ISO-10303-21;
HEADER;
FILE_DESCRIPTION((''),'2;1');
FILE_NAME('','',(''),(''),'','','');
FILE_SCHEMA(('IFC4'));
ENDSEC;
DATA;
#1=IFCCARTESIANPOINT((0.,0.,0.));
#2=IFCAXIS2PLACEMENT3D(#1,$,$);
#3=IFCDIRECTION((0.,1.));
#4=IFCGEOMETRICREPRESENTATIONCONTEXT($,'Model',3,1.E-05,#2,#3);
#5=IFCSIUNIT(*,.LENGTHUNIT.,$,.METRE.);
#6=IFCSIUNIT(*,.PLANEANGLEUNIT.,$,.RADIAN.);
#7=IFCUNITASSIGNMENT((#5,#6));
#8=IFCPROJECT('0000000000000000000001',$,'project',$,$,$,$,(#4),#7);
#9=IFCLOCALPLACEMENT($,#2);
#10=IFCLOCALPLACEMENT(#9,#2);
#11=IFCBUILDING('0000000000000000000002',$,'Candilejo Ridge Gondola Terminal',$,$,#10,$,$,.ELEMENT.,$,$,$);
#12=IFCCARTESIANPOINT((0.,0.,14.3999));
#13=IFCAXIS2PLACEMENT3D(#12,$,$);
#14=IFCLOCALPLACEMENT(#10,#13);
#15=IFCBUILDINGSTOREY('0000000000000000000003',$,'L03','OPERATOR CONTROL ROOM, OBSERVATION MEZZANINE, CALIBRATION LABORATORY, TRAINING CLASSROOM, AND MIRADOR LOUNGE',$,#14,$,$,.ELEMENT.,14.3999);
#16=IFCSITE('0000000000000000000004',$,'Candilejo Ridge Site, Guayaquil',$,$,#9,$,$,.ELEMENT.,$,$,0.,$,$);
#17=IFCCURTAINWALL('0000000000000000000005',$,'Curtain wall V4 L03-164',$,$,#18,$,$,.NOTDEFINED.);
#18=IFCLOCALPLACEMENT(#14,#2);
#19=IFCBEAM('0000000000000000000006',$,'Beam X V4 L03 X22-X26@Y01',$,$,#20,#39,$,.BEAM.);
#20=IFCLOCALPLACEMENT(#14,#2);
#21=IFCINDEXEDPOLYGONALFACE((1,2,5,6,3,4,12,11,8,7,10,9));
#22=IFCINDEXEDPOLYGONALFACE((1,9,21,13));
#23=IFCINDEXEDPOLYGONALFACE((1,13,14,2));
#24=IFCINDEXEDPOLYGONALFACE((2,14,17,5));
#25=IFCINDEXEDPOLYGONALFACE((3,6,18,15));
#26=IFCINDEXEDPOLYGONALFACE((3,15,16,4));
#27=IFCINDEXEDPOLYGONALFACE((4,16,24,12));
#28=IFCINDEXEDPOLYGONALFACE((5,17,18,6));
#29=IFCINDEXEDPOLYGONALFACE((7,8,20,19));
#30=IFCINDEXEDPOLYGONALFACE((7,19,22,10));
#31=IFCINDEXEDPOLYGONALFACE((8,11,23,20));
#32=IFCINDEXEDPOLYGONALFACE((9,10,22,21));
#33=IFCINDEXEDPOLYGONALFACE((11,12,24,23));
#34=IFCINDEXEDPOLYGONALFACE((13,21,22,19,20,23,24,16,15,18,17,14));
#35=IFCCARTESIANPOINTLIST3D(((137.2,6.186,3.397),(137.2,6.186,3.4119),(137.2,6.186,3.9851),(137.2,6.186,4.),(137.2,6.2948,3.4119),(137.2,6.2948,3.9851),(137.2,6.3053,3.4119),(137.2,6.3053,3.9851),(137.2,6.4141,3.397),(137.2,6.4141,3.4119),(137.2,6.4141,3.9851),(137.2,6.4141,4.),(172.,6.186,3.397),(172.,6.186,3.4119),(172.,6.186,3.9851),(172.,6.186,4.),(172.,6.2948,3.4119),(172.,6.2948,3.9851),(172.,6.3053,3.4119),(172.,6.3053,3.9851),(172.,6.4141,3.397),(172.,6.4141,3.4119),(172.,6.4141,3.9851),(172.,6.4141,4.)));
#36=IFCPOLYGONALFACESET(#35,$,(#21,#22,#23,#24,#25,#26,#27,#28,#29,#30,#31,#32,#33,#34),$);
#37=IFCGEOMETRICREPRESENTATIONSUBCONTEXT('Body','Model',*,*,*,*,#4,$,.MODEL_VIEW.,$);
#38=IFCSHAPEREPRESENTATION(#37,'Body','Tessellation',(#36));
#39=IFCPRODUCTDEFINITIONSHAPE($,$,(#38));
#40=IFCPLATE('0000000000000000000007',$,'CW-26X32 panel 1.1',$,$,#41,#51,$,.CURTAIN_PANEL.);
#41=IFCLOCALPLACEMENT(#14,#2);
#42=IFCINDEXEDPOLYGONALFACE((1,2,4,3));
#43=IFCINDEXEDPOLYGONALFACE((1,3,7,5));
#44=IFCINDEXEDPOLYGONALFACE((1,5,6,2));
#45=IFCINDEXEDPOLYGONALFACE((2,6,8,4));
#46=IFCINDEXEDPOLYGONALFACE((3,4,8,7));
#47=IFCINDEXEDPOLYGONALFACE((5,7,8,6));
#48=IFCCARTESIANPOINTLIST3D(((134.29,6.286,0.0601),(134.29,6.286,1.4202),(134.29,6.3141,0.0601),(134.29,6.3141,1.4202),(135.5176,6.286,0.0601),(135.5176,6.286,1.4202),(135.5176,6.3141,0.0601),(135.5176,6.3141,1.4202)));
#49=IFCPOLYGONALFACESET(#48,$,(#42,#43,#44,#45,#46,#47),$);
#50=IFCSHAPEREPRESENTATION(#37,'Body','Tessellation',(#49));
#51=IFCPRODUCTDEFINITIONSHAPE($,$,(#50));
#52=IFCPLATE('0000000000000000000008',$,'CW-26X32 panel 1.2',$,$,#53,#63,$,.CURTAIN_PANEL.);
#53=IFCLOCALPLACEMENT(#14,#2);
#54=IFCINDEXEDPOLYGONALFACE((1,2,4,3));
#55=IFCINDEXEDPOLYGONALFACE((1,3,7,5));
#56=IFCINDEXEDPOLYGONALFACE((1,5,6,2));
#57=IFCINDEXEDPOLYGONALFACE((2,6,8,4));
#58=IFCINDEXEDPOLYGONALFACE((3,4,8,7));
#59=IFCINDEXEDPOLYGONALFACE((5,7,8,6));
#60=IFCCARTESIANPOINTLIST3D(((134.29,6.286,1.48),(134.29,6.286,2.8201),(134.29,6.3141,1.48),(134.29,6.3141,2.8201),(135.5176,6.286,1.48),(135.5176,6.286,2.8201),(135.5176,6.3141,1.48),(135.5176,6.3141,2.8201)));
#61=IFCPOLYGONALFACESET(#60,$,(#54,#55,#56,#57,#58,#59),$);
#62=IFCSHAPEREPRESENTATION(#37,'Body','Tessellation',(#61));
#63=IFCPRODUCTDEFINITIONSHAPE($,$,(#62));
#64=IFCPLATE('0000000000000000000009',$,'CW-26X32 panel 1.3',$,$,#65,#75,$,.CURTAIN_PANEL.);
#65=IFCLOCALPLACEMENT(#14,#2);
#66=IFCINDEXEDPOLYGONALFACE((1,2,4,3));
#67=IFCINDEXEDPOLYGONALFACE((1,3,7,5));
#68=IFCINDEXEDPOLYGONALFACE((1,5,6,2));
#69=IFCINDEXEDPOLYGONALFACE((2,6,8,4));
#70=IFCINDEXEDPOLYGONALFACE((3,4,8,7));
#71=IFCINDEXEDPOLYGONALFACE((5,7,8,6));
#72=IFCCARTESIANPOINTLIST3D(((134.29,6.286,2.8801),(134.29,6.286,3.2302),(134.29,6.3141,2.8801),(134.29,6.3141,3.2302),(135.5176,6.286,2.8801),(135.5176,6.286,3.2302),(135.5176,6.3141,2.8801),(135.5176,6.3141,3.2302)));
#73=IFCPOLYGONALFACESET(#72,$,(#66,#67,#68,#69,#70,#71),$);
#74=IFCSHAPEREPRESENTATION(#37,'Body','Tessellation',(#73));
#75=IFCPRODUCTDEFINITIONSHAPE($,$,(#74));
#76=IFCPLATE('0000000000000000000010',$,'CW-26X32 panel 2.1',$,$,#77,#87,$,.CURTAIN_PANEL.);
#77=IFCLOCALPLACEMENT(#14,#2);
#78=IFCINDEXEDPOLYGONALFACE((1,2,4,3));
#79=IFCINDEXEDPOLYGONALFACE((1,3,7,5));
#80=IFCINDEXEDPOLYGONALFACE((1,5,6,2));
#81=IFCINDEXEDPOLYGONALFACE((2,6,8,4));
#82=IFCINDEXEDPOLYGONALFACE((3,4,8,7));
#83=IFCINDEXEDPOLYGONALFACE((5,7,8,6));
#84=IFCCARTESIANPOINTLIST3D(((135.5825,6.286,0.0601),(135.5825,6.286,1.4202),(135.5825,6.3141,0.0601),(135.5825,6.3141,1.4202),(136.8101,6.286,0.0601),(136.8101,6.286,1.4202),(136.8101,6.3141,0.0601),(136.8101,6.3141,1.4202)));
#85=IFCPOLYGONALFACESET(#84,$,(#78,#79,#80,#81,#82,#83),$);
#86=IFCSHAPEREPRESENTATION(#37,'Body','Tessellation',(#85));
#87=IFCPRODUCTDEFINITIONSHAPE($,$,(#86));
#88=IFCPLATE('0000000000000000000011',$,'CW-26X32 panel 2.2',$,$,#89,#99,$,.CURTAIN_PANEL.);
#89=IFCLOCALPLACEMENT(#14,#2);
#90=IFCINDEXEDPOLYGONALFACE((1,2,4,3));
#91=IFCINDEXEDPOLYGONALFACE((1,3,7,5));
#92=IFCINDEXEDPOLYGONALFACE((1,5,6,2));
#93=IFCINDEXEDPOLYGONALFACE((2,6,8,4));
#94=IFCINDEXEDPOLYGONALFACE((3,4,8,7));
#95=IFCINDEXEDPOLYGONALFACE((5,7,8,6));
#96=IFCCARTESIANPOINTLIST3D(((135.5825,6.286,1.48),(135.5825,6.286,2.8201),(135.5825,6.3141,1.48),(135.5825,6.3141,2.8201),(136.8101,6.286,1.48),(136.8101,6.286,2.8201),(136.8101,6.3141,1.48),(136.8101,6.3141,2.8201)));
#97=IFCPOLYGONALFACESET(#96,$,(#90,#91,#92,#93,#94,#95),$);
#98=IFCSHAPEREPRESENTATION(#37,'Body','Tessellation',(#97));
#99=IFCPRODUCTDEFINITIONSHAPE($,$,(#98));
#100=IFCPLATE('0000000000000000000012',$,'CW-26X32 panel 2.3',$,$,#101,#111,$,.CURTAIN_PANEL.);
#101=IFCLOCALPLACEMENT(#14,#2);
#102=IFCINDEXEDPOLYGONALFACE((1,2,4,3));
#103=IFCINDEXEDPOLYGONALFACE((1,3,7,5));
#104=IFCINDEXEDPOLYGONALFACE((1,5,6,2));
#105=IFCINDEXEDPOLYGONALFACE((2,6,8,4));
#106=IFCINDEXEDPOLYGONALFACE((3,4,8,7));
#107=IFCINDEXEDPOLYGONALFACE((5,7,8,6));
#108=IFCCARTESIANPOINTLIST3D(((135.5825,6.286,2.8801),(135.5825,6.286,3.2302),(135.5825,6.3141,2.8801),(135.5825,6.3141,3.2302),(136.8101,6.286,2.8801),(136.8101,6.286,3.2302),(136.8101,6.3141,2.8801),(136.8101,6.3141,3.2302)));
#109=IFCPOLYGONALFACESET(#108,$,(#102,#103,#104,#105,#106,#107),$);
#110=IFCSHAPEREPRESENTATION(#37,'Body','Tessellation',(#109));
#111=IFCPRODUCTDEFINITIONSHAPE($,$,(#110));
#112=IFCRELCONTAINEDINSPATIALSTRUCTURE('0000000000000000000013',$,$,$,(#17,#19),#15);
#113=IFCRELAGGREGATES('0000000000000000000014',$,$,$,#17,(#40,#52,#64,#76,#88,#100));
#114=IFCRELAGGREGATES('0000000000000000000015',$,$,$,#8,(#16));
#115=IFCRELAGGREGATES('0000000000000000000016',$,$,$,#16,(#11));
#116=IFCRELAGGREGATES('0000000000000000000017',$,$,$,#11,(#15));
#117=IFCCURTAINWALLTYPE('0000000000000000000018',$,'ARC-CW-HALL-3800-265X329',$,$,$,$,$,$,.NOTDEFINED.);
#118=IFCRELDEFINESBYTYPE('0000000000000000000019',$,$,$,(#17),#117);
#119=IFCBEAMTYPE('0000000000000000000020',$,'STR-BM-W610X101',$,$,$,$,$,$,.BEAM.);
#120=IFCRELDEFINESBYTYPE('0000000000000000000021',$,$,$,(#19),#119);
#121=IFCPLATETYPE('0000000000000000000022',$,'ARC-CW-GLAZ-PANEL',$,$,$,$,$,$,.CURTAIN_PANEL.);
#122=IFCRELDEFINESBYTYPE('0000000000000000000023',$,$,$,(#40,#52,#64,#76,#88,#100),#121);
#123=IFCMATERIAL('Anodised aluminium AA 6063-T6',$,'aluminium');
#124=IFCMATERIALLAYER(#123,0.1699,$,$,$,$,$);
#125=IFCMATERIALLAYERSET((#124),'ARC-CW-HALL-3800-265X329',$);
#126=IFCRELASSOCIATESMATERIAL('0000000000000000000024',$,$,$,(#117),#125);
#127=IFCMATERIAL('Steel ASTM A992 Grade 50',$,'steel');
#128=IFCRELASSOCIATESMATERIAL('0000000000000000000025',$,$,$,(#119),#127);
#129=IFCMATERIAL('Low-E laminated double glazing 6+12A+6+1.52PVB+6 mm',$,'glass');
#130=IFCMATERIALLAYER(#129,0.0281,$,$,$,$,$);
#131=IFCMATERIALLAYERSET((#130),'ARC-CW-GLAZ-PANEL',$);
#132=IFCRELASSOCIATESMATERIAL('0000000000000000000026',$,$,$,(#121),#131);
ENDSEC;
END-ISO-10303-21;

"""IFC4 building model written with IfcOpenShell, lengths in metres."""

from ifc_helpers import new_model, si_unit, direction, frame, origin, origin_2d, place, context, subcontext, project, spatial, rectangle, i_section, extrude, material, layer, layer_set, material_profile, profile_set, type_object, element, aggregate, save


model = new_model("IFC4")

# Units and contexts
model_context = context("Model", 3, precision=1e-05, world=origin(), true_north=direction((0.0, 1.0)))
body_context = subcontext(model_context, "Body", "Model", "MODEL_VIEW")
ifc_project = project(units=[si_unit("LENGTHUNIT", "METRE"), si_unit("PLANEANGLEUNIT", "RADIAN")], contexts=[model_context])

# Site, building, storey
site_placement = place(None, origin())
site = spatial("IfcSite", under=ifc_project, at=site_placement, Name="Candilejo Ridge Site, Guayaquil", CompositionType="ELEMENT", RefElevation=0.0)
building_placement = place(site_placement, origin())
building = spatial("IfcBuilding", under=site, at=building_placement, Name="Candilejo Ridge Gondola Terminal", CompositionType="ELEMENT")
storey_placement = place(building_placement, frame((0.0, 0.0, 14.3999)))
storey = spatial("IfcBuildingStorey", under=building, at=storey_placement, Name="L03", Description="OPERATOR CONTROL ROOM, OBSERVATION MEZZANINE, CALIBRATION LABORATORY, TRAINING CLASSROOM, AND MIRADOR LOUNGE", CompositionType="ELEMENT", Elevation=14.3999)

# Curtain wall
ifc_material_1 = material(Name="Anodised aluminium AA 6063-T6", Category="aluminium")
ifc_layer_1 = layer(ifc_material_1, 0.1699)
ifc_layer_set_1 = layer_set([ifc_layer_1], Name="ARC-CW-HALL-3800-265X329")
curtain_wall_type = type_object("IfcCurtainWallType", Name="ARC-CW-HALL-3800-265X329", PredefinedType="NOTDEFINED", material=ifc_layer_set_1)
curtain_wall_placement = place(storey_placement, origin())
curtain_wall = element("IfcCurtainWall", 1, at=curtain_wall_placement, inside=storey, type_object=curtain_wall_type, Name="Curtain wall V4 L03-164", PredefinedType="NOTDEFINED")

# Beam
ifc_material_2 = material(Name="Steel ASTM A992 Grade 50", Category="steel")
ifc_material_profile_1 = material_profile(ifc_material_2, i_section(OverallWidth=0.228, OverallDepth=0.603, WebThickness=0.0105, FlangeThickness=0.0149, at=origin_2d()))
ifc_profile_set_1 = profile_set([ifc_material_profile_1], Name="Steel ASTM A992 Grade 50")
beam_type_1 = type_object("IfcBeamType", Name="STR-BM-W610X101", PredefinedType="BEAM", material=ifc_profile_set_1)
beam_1_placement = place(storey_placement, frame((137.2, 6.3, 3.6985), z_axis=(1.0, 0.0, 0.0), x_axis=(0.0, 1.0, 0.0)))
element("IfcBeam", 2, at=beam_1_placement, inside=storey, type_object=beam_type_1, Name="Beam X V4 L03 X22-X26@Y01", PredefinedType="BEAM", context=body_context, shape_type="SweptSolid", body=[
    extrude(i_section(OverallWidth=0.228, OverallDepth=0.603, WebThickness=0.0105, FlangeThickness=0.0149, at=origin_2d()), origin(), (0.0, 0.0, 1.0), 34.8),
])

# Plates
ifc_material_3 = material(Name="Low-E laminated double glazing 6+12A+6+1.52PVB+6 mm", Category="glass")
ifc_layer_2 = layer(ifc_material_3, 0.0281)
ifc_layer_set_2 = layer_set([ifc_layer_2], Name="ARC-CW-GLAZ-PANEL")
plate_type = type_object("IfcPlateType", Name="ARC-CW-GLAZ-PANEL", PredefinedType="CURTAIN_PANEL", material=ifc_layer_set_2)
plate_1_placement = place(storey_placement, frame((134.9038, 6.3, 0.0601), z_axis=(0.0, 0.0, 1.0), x_axis=(1.0, 0.0, 0.0)))
plate_1 = element("IfcPlate", 3, at=plate_1_placement, type_object=plate_type, Name="CW-26X32 panel 1.1", PredefinedType="CURTAIN_PANEL", context=body_context, shape_type="SweptSolid", body=[
    extrude(rectangle(XDim=1.2275, YDim=0.0281, at=origin_2d()), origin(), (0.0, 0.0, 1.0), 1.3601),
])
plate_2_placement = place(storey_placement, frame((134.9038, 6.3, 1.48), z_axis=(0.0, 0.0, 1.0), x_axis=(1.0, 0.0, 0.0)))
plate_2 = element("IfcPlate", 4, at=plate_2_placement, type_object=plate_type, Name="CW-26X32 panel 1.2", PredefinedType="CURTAIN_PANEL", context=body_context, shape_type="SweptSolid", body=[
    extrude(rectangle(XDim=1.2275, YDim=0.0281, at=origin_2d()), origin(), (0.0, 0.0, 1.0), 1.3401),
])
plate_3_placement = place(storey_placement, frame((134.9038, 6.3, 2.8801), z_axis=(0.0, 0.0, 1.0), x_axis=(1.0, 0.0, 0.0)))
plate_3 = element("IfcPlate", 5, at=plate_3_placement, type_object=plate_type, Name="CW-26X32 panel 1.3", PredefinedType="CURTAIN_PANEL", context=body_context, shape_type="SweptSolid", body=[
    extrude(rectangle(XDim=1.2275, YDim=0.0281, at=origin_2d()), origin(), (0.0, 0.0, 1.0), 0.3501),
])
plate_4_placement = place(storey_placement, frame((136.1963, 6.3, 0.0601), z_axis=(0.0, 0.0, 1.0), x_axis=(1.0, 0.0, 0.0)))
plate_4 = element("IfcPlate", 6, at=plate_4_placement, type_object=plate_type, Name="CW-26X32 panel 2.1", PredefinedType="CURTAIN_PANEL", context=body_context, shape_type="SweptSolid", body=[
    extrude(rectangle(XDim=1.2275, YDim=0.0281, at=origin_2d()), origin(), (0.0, 0.0, 1.0), 1.3601),
])
plate_5_placement = place(storey_placement, frame((136.1963, 6.3, 1.48), z_axis=(0.0, 0.0, 1.0), x_axis=(1.0, 0.0, 0.0)))
plate_5 = element("IfcPlate", 7, at=plate_5_placement, type_object=plate_type, Name="CW-26X32 panel 2.2", PredefinedType="CURTAIN_PANEL", context=body_context, shape_type="SweptSolid", body=[
    extrude(rectangle(XDim=1.2275, YDim=0.0281, at=origin_2d()), origin(), (0.0, 0.0, 1.0), 1.3401),
])
plate_6_placement = place(storey_placement, frame((136.1963, 6.3, 2.8801), z_axis=(0.0, 0.0, 1.0), x_axis=(1.0, 0.0, 0.0)))
plate_6 = element("IfcPlate", 8, at=plate_6_placement, type_object=plate_type, Name="CW-26X32 panel 2.3", PredefinedType="CURTAIN_PANEL", context=body_context, shape_type="SweptSolid", body=[
    extrude(rectangle(XDim=1.2275, YDim=0.0281, at=origin_2d()), origin(), (0.0, 0.0, 1.0), 0.3501),
])
aggregate(curtain_wall, [plate_1, plate_2, plate_3, plate_4, plate_5, plate_6])

save(model, "model.ifc")
